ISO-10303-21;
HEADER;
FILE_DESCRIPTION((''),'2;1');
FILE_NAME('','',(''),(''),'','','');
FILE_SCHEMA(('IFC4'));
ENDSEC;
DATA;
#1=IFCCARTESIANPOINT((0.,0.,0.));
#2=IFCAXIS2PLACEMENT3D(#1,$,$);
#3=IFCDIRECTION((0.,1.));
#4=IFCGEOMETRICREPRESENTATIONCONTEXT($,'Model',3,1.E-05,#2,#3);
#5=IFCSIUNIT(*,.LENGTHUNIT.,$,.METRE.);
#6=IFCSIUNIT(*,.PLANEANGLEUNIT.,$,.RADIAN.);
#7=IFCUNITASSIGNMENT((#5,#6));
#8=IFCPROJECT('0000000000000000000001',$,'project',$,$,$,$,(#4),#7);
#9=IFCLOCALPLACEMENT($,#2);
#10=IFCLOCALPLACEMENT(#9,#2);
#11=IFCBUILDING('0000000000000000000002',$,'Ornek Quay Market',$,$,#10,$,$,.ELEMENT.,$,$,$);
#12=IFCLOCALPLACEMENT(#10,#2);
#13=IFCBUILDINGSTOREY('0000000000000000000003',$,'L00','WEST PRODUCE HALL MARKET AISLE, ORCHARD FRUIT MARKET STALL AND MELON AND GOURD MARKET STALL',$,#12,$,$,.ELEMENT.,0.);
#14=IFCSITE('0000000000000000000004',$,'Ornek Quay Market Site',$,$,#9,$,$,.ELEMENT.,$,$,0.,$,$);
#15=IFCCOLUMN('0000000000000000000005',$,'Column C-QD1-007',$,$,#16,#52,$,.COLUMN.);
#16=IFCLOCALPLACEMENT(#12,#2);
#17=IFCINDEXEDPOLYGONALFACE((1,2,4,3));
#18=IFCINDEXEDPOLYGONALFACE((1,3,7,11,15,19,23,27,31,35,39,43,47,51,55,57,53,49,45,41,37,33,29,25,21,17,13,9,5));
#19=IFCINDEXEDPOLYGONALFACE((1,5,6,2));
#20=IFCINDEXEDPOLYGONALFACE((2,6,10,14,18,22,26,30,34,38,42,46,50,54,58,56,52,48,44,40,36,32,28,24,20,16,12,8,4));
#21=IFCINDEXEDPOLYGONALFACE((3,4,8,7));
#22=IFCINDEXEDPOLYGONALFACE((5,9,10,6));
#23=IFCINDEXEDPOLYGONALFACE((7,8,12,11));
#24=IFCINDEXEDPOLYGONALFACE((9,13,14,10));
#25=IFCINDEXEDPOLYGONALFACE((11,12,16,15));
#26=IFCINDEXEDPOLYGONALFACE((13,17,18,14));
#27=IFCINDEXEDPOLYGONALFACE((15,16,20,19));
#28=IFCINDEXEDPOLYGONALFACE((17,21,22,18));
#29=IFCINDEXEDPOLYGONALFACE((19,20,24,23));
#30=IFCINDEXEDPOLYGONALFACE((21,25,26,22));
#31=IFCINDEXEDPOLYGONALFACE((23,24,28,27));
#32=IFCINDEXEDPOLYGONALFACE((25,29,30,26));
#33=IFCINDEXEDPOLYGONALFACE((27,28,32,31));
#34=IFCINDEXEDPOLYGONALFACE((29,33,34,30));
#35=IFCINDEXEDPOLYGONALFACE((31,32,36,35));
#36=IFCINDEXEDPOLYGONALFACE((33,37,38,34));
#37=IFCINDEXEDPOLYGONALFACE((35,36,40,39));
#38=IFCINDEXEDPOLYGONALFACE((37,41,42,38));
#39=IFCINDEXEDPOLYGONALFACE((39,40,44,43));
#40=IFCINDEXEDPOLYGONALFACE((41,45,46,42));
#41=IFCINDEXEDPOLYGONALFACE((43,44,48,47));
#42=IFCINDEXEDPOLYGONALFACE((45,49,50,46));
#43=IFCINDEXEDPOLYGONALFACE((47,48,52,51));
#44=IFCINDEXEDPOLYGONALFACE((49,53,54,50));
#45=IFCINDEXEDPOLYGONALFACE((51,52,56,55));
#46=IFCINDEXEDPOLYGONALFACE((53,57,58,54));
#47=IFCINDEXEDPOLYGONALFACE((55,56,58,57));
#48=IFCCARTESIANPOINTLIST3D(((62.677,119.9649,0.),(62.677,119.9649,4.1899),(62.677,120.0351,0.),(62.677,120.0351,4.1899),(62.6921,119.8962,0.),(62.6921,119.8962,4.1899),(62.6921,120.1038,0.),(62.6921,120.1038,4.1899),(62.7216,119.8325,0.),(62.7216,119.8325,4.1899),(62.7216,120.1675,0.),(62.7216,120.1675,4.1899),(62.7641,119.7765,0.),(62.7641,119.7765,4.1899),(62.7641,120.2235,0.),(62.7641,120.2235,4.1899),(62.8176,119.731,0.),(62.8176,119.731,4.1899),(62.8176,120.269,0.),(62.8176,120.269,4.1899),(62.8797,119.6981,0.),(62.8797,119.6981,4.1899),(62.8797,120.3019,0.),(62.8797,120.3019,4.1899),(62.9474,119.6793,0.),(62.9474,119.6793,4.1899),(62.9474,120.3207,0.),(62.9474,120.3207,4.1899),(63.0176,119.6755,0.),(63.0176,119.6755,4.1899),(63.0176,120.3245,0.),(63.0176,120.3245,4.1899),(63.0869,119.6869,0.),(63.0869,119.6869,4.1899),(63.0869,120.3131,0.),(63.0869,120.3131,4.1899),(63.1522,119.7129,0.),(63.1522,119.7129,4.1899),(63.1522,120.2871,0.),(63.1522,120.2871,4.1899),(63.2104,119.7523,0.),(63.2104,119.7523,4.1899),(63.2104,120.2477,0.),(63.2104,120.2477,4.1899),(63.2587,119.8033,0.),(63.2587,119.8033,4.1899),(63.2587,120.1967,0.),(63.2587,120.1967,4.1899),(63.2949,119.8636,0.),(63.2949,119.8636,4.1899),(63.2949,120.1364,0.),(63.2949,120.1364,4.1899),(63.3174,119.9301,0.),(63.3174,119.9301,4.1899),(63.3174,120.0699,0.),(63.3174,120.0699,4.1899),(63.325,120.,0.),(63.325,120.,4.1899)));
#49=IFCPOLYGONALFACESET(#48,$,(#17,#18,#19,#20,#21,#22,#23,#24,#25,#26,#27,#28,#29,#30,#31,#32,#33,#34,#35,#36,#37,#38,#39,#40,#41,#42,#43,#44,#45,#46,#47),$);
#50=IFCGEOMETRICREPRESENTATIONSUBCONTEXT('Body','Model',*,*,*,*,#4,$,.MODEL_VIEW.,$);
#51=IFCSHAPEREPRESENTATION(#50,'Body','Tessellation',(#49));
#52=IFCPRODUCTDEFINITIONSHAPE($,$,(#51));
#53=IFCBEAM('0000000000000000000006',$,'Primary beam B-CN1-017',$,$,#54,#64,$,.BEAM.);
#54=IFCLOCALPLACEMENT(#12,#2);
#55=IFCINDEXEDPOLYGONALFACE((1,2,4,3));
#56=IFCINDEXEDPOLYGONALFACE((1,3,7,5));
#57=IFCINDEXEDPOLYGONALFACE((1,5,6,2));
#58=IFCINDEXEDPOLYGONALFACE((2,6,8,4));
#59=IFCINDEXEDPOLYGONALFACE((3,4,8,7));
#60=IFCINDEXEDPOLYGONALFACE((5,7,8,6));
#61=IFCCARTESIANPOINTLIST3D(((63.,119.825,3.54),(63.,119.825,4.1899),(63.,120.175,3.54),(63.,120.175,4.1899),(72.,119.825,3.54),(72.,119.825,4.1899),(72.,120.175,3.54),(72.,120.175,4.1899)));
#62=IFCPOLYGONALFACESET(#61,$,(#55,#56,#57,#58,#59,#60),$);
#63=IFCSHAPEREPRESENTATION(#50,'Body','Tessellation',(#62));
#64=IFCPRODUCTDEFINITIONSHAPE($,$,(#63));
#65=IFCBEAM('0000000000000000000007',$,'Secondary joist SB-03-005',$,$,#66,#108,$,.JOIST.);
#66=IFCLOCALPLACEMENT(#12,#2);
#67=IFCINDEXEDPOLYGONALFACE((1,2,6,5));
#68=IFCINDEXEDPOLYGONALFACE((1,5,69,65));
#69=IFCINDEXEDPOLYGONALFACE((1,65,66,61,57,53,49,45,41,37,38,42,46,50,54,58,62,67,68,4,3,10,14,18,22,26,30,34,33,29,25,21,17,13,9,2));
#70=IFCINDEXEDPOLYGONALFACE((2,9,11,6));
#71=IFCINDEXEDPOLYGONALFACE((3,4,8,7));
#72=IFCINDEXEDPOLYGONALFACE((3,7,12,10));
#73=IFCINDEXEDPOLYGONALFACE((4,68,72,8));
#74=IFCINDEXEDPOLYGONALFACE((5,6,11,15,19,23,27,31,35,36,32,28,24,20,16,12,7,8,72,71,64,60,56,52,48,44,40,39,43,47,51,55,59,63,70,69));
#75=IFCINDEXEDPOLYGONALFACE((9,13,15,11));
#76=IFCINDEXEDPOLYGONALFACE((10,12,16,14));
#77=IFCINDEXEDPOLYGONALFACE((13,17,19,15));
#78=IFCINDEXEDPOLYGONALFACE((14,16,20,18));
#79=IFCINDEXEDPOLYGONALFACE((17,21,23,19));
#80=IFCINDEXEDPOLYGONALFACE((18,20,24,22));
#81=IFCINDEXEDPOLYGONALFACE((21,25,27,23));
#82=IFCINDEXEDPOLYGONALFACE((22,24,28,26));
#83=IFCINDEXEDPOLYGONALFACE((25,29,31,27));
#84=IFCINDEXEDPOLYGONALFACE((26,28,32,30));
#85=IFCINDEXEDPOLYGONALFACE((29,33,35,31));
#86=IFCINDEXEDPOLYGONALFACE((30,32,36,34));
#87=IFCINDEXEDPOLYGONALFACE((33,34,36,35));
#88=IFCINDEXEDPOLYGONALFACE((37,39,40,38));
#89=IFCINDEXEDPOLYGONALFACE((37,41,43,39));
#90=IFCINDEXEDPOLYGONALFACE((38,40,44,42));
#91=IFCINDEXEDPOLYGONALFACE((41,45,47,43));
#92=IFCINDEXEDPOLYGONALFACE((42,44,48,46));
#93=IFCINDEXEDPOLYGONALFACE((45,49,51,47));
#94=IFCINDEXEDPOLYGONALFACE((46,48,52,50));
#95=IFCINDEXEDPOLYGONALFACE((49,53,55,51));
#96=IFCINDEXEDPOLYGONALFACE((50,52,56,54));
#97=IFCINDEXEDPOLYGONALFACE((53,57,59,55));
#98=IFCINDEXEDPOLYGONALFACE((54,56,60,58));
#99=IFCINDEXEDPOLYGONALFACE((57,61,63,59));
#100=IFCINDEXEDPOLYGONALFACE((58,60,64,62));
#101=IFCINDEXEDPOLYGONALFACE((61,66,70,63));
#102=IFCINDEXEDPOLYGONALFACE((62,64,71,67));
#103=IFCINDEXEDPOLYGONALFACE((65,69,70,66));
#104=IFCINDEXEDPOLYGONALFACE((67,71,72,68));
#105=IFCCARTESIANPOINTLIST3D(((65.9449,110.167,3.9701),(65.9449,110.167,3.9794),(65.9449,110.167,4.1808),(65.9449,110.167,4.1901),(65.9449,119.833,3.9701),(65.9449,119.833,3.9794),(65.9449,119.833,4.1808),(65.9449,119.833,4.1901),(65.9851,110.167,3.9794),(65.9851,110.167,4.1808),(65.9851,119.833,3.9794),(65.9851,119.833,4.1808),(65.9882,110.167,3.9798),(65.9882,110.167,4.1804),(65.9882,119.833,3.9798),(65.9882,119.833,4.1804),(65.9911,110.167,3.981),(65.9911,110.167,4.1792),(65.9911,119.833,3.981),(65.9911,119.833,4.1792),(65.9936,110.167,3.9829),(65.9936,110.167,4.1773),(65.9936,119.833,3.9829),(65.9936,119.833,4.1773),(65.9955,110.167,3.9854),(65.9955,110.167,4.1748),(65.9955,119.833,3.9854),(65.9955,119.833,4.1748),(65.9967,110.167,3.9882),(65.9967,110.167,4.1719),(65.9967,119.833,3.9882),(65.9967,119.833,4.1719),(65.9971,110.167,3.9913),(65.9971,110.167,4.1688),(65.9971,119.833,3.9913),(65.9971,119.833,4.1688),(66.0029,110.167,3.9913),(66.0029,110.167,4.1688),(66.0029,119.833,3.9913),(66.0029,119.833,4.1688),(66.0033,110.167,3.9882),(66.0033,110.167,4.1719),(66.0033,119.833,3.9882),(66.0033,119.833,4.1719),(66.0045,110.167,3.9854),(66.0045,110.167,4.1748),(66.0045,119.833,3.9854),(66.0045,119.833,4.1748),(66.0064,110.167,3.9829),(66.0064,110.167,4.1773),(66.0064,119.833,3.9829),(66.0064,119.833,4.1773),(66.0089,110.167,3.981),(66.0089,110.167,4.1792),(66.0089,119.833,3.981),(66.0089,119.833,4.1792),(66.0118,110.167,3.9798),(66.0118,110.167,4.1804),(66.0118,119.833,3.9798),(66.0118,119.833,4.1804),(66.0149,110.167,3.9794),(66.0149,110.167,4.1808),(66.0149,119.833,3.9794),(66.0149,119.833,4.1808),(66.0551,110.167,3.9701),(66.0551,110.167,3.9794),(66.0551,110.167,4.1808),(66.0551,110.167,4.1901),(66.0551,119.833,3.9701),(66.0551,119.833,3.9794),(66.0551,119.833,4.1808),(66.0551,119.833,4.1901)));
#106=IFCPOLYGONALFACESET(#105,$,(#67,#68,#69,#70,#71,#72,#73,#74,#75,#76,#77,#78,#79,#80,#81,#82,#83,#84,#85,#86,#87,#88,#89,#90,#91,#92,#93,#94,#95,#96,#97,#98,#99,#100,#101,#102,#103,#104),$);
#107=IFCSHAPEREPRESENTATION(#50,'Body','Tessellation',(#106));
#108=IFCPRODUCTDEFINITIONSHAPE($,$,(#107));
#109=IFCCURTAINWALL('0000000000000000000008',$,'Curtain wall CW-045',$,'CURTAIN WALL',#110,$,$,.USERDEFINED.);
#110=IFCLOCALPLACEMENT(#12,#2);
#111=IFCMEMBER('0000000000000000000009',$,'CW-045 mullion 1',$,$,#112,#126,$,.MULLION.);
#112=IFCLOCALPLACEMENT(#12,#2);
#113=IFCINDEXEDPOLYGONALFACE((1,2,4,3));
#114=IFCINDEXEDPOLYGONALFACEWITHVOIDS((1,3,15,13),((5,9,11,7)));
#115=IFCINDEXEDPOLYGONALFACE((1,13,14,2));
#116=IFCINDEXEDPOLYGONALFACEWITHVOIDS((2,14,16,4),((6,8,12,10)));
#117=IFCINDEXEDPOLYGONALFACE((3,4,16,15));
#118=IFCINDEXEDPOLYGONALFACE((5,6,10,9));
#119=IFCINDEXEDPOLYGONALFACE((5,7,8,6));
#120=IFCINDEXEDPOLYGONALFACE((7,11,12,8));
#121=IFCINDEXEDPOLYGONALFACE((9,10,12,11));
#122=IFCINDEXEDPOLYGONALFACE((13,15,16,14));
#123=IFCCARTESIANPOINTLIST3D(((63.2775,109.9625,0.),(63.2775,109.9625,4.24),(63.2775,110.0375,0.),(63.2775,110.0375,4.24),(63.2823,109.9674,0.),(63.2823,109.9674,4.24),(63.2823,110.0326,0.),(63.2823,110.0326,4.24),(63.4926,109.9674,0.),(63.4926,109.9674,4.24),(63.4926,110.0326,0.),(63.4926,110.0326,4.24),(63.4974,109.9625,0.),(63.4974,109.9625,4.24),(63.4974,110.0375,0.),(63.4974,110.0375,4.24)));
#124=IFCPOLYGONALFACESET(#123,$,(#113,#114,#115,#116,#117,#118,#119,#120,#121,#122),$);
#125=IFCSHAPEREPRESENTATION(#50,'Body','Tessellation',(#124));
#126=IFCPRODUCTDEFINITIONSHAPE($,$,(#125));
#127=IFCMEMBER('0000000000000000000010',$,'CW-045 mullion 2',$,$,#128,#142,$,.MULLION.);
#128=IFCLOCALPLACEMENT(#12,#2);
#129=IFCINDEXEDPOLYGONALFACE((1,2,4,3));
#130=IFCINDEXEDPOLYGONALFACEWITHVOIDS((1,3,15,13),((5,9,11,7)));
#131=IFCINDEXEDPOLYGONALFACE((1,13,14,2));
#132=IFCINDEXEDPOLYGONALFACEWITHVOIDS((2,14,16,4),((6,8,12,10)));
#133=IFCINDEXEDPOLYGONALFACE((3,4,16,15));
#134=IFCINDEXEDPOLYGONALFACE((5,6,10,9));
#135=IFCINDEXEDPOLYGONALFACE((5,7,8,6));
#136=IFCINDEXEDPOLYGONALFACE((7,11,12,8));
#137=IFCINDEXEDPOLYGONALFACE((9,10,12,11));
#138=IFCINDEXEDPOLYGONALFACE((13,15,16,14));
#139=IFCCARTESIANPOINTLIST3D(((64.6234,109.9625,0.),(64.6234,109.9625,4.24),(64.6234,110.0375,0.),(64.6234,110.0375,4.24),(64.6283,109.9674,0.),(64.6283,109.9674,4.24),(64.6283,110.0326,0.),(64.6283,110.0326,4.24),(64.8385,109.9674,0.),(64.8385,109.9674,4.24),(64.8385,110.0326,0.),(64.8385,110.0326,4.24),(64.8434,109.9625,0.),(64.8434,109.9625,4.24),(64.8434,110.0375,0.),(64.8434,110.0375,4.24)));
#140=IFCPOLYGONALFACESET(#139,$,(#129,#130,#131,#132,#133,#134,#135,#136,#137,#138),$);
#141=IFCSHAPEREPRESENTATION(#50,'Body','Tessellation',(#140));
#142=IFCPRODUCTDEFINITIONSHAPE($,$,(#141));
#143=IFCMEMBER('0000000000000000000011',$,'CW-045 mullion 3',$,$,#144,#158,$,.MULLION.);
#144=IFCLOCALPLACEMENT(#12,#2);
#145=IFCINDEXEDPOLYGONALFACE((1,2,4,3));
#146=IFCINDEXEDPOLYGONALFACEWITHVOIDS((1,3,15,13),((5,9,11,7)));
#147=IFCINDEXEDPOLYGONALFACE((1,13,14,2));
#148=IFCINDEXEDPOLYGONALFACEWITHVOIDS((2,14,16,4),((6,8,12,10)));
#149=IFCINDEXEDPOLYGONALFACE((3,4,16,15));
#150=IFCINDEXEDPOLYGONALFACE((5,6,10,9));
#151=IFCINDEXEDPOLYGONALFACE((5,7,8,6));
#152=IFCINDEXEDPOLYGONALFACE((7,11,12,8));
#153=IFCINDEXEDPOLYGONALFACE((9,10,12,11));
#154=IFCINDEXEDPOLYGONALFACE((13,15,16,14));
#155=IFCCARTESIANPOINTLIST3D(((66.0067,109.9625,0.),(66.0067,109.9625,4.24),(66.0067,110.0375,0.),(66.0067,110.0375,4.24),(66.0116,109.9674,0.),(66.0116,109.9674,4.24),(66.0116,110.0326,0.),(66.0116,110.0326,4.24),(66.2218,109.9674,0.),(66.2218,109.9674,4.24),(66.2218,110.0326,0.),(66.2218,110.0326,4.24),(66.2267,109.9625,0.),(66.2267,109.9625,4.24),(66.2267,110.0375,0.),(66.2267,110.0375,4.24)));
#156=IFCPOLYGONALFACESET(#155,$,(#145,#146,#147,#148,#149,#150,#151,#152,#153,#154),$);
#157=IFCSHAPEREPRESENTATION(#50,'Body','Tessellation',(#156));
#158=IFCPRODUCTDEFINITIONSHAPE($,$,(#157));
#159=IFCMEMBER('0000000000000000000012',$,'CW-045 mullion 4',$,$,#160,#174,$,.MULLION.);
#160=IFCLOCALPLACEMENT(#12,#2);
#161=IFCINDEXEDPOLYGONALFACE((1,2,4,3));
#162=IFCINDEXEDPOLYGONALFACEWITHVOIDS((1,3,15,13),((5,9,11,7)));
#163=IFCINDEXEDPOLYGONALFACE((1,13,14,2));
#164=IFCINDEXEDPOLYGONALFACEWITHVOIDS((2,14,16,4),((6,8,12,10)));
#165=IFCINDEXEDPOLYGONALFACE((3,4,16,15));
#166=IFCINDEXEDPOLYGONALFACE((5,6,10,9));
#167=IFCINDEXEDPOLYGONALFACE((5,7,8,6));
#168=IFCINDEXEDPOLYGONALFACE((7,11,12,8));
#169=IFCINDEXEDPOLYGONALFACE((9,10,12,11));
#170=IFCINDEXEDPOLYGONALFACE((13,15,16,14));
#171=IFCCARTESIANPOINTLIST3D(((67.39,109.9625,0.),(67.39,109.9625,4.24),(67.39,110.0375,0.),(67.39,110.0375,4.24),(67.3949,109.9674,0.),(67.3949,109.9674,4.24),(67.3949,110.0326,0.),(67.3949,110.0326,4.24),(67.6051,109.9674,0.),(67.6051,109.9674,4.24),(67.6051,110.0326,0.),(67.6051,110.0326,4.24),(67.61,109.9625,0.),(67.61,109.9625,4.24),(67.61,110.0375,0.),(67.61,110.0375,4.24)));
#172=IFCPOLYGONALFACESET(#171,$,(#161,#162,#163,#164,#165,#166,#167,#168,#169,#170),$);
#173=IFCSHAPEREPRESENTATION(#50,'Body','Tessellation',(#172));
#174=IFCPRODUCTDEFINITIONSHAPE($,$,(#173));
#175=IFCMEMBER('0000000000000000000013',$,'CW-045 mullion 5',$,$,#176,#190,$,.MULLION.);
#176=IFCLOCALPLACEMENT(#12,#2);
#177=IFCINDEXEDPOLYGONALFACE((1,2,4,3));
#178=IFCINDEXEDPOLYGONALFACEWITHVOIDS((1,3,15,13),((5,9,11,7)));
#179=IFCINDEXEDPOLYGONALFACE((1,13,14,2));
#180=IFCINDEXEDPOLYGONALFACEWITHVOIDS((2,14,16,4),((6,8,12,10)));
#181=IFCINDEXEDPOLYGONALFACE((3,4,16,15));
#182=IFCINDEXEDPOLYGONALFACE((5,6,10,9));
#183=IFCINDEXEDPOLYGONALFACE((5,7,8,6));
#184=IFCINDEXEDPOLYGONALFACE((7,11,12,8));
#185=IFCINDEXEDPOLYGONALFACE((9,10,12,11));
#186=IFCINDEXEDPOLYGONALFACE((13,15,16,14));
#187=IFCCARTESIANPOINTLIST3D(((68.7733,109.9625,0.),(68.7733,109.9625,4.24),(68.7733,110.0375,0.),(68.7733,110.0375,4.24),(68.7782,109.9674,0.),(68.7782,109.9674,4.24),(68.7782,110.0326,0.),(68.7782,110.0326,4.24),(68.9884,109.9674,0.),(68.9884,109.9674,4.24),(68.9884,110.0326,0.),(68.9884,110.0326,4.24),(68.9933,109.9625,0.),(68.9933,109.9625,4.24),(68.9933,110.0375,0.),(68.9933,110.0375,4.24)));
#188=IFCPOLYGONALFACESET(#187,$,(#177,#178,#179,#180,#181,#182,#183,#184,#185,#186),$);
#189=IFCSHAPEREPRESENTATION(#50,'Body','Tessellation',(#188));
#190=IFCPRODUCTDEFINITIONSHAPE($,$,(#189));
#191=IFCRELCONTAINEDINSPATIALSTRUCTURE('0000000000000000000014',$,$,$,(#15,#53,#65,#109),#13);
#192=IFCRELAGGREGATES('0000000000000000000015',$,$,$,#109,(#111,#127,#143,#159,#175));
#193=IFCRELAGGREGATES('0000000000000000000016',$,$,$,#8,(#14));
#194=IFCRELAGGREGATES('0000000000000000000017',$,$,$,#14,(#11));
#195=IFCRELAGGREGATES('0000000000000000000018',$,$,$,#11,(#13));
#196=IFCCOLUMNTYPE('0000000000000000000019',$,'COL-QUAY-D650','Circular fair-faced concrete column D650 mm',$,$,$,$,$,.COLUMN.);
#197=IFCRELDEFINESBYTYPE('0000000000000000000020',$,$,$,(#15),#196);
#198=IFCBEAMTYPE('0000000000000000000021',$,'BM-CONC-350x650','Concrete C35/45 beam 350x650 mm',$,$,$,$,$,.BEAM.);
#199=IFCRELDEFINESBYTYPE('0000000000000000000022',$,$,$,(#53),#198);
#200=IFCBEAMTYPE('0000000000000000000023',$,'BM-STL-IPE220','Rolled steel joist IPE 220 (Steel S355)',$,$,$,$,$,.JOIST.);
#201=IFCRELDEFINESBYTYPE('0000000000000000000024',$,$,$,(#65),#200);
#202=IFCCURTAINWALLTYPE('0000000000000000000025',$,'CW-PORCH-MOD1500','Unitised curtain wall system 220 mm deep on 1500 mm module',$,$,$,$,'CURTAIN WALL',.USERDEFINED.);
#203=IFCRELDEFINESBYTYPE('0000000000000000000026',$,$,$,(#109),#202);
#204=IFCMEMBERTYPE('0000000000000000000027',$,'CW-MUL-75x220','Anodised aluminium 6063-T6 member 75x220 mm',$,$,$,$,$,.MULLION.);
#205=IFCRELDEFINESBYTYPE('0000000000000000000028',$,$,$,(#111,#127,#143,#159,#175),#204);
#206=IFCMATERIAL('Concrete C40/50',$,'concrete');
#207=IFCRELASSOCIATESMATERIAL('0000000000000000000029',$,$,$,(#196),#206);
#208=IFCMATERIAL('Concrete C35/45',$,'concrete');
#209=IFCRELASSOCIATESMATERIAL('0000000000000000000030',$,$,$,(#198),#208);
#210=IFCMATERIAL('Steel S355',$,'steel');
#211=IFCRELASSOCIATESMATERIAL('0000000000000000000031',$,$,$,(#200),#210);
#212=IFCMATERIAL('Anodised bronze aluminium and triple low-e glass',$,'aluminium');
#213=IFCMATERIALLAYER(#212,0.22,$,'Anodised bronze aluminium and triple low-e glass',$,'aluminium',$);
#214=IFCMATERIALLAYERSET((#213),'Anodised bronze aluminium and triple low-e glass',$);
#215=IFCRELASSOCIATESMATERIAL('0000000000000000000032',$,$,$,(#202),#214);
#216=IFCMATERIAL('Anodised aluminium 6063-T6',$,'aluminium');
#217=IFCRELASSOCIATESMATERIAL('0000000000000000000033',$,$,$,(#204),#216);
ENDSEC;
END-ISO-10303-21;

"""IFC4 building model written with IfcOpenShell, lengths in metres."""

from ifc_helpers import new_model, si_unit, direction, frame, origin, origin_2d, place, context, subcontext, project, spatial, rectangle, hollow_rectangle, circle, i_section, extrude, material, layer, layer_set, material_profile, profile_set, type_object, element, aggregate, save


model = new_model("IFC4")

# Units and contexts
model_context = context("Model", 3, precision=1e-05, world=origin(), true_north=direction((0.0, 1.0)))
body_context = subcontext(model_context, "Body", "Model", "MODEL_VIEW")
ifc_project = project(units=[si_unit("LENGTHUNIT", "METRE"), si_unit("PLANEANGLEUNIT", "RADIAN")], contexts=[model_context])

# Site, building, storey
site_placement = place(None, origin())
site = spatial("IfcSite", under=ifc_project, at=site_placement, Name="Ornek Quay Market Site", CompositionType="ELEMENT", RefElevation=0.0)
building_placement = place(site_placement, origin())
building = spatial("IfcBuilding", under=site, at=building_placement, Name="Ornek Quay Market", CompositionType="ELEMENT")
storey_placement = place(building_placement, origin())
storey = spatial("IfcBuildingStorey", under=building, at=storey_placement, Name="L00", Description="WEST PRODUCE HALL MARKET AISLE, ORCHARD FRUIT MARKET STALL AND MELON AND GOURD MARKET STALL", CompositionType="ELEMENT", Elevation=0.0)

# Column
ifc_material_1 = material(Name="Concrete C40/50", Category="concrete")
ifc_material_profile_1 = material_profile(ifc_material_1, circle(Radius=0.325, at=origin_2d()), Name="RC D650", Category="concrete")
ifc_profile_set_1 = profile_set([ifc_material_profile_1], Name="Concrete C40/50")
column_type = type_object("IfcColumnType", Name="COL-QUAY-D650", Description="Circular fair-faced concrete column D650 mm", PredefinedType="COLUMN", material=ifc_profile_set_1)
column_placement = place(storey_placement, frame((63.0, 120.0, 0.0), z_axis=(0.0, 0.0, 1.0), x_axis=(1.0, 0.0, 0.0)))
element("IfcColumn", 1, at=column_placement, inside=storey, type_object=column_type, Name="Column C-QD1-007", PredefinedType="COLUMN", context=body_context, shape_type="SweptSolid", body=[
    extrude(circle(Radius=0.325, at=origin_2d()), origin(), (0.0, 0.0, 1.0), 4.1899),
])

# Beams
ifc_material_2 = material(Name="Concrete C35/45", Category="concrete")
ifc_material_profile_2 = material_profile(ifc_material_2, rectangle(XDim=0.3501, YDim=0.6499, at=origin_2d()), Name="RC 350x650", Category="concrete")
ifc_profile_set_2 = profile_set([ifc_material_profile_2], Name="Concrete C35/45")
beam_type_1 = type_object("IfcBeamType", Name="BM-CONC-350x650", Description="Concrete C35/45 beam 350x650 mm", PredefinedType="BEAM", material=ifc_profile_set_2)
beam_1_placement = place(storey_placement, frame((63.0, 120.0, 3.865), z_axis=(1.0, 0.0, 0.0), x_axis=(0.0, 1.0, 0.0)))
element("IfcBeam", 2, at=beam_1_placement, inside=storey, type_object=beam_type_1, Name="Primary beam B-CN1-017", PredefinedType="BEAM", context=body_context, shape_type="SweptSolid", body=[
    extrude(rectangle(XDim=0.3501, YDim=0.6499, at=origin_2d()), origin(), (0.0, 0.0, 1.0), 9.0),
])
ifc_material_3 = material(Name="Steel S355", Category="steel")
ifc_material_profile_3 = material_profile(ifc_material_3, i_section(OverallWidth=0.1101, OverallDepth=0.22, WebThickness=0.0059, FlangeThickness=0.0093, FilletRadius=0.012, at=origin_2d()), Name="IPE 220", Category="steel")
ifc_profile_set_3 = profile_set([ifc_material_profile_3], Name="Steel S355")
beam_type_2 = type_object("IfcBeamType", Name="BM-STL-IPE220", Description="Rolled steel joist IPE 220 (Steel S355)", PredefinedType="JOIST", material=ifc_profile_set_3)
beam_2_placement = place(storey_placement, frame((66.0, 110.167, 4.0801), z_axis=(0.0, 1.0, 0.0), x_axis=(-1.0, 0.0, 0.0)))
element("IfcBeam", 3, at=beam_2_placement, inside=storey, type_object=beam_type_2, Name="Secondary joist SB-03-005", PredefinedType="JOIST", context=body_context, shape_type="SweptSolid", body=[
    extrude(i_section(OverallWidth=0.1101, OverallDepth=0.22, WebThickness=0.0059, FlangeThickness=0.0093, FilletRadius=0.012, at=origin_2d()), origin(), (0.0, 0.0, 1.0), 9.666),
])

# Curtain wall, members
ifc_material_4 = material(Name="Anodised bronze aluminium and triple low-e glass", Category="aluminium")
ifc_layer_1 = layer(ifc_material_4, 0.22, Name="Anodised bronze aluminium and triple low-e glass", Category="aluminium")
ifc_layer_set_1 = layer_set([ifc_layer_1], Name="Anodised bronze aluminium and triple low-e glass")
curtain_wall_type = type_object("IfcCurtainWallType", Name="CW-PORCH-MOD1500", Description="Unitised curtain wall system 220 mm deep on 1500 mm module", ElementType="CURTAIN WALL", PredefinedType="USERDEFINED", material=ifc_layer_set_1)
curtain_wall_placement = place(storey_placement, origin())
curtain_wall = element("IfcCurtainWall", 4, at=curtain_wall_placement, inside=storey, type_object=curtain_wall_type, Name="Curtain wall CW-045", ObjectType="CURTAIN WALL", PredefinedType="USERDEFINED")
ifc_material_5 = material(Name="Anodised aluminium 6063-T6", Category="aluminium")
ifc_material_profile_4 = material_profile(ifc_material_5, hollow_rectangle(XDim=0.075, YDim=0.22, WallThickness=0.0049, at=origin_2d()), Name="CW-MUL-75x220", Category="aluminium")
ifc_profile_set_4 = profile_set([ifc_material_profile_4], Name="Anodised aluminium 6063-T6")
member_type_1 = type_object("IfcMemberType", Name="CW-MUL-75x220", Description="Anodised aluminium 6063-T6 member 75x220 mm", PredefinedType="MULLION", material=ifc_profile_set_4)
member_1_placement = place(storey_placement, frame((63.3875, 110.0, 0.0), z_axis=(0.0, 0.0, 1.0), x_axis=(0.0, 1.0, 0.0)))
member_1 = element("IfcMember", 5, at=member_1_placement, type_object=member_type_1, Name="CW-045 mullion 1", PredefinedType="MULLION", context=body_context, shape_type="SweptSolid", body=[
    extrude(hollow_rectangle(XDim=0.075, YDim=0.22, WallThickness=0.0049, at=origin_2d()), origin(), (0.0, 0.0, 1.0), 4.24),
])
member_2_placement = place(storey_placement, frame((64.7334, 110.0, 0.0), z_axis=(0.0, 0.0, 1.0), x_axis=(0.0, 1.0, 0.0)))
member_2 = element("IfcMember", 6, at=member_2_placement, type_object=member_type_1, Name="CW-045 mullion 2", PredefinedType="MULLION", context=body_context, shape_type="SweptSolid", body=[
    extrude(hollow_rectangle(XDim=0.075, YDim=0.22, WallThickness=0.0049, at=origin_2d()), origin(), (0.0, 0.0, 1.0), 4.24),
])
member_3_placement = place(storey_placement, frame((66.1167, 110.0, 0.0), z_axis=(0.0, 0.0, 1.0), x_axis=(0.0, 1.0, 0.0)))
member_3 = element("IfcMember", 7, at=member_3_placement, type_object=member_type_1, Name="CW-045 mullion 3", PredefinedType="MULLION", context=body_context, shape_type="SweptSolid", body=[
    extrude(hollow_rectangle(XDim=0.075, YDim=0.22, WallThickness=0.0049, at=origin_2d()), origin(), (0.0, 0.0, 1.0), 4.24),
])
member_4_placement = place(storey_placement, frame((67.5, 110.0, 0.0), z_axis=(0.0, 0.0, 1.0), x_axis=(0.0, 1.0, 0.0)))
member_4 = element("IfcMember", 8, at=member_4_placement, type_object=member_type_1, Name="CW-045 mullion 4", PredefinedType="MULLION", context=body_context, shape_type="SweptSolid", body=[
    extrude(hollow_rectangle(XDim=0.075, YDim=0.22, WallThickness=0.0049, at=origin_2d()), origin(), (0.0, 0.0, 1.0), 4.24),
])
member_5_placement = place(storey_placement, frame((68.8833, 110.0, 0.0), z_axis=(0.0, 0.0, 1.0), x_axis=(0.0, 1.0, 0.0)))
member_5 = element("IfcMember", 9, at=member_5_placement, type_object=member_type_1, Name="CW-045 mullion 5", PredefinedType="MULLION", context=body_context, shape_type="SweptSolid", body=[
    extrude(hollow_rectangle(XDim=0.075, YDim=0.22, WallThickness=0.0049, at=origin_2d()), origin(), (0.0, 0.0, 1.0), 4.24),
])
aggregate(curtain_wall, [member_1, member_2, member_3, member_4, member_5])

save(model, "model.ifc")
